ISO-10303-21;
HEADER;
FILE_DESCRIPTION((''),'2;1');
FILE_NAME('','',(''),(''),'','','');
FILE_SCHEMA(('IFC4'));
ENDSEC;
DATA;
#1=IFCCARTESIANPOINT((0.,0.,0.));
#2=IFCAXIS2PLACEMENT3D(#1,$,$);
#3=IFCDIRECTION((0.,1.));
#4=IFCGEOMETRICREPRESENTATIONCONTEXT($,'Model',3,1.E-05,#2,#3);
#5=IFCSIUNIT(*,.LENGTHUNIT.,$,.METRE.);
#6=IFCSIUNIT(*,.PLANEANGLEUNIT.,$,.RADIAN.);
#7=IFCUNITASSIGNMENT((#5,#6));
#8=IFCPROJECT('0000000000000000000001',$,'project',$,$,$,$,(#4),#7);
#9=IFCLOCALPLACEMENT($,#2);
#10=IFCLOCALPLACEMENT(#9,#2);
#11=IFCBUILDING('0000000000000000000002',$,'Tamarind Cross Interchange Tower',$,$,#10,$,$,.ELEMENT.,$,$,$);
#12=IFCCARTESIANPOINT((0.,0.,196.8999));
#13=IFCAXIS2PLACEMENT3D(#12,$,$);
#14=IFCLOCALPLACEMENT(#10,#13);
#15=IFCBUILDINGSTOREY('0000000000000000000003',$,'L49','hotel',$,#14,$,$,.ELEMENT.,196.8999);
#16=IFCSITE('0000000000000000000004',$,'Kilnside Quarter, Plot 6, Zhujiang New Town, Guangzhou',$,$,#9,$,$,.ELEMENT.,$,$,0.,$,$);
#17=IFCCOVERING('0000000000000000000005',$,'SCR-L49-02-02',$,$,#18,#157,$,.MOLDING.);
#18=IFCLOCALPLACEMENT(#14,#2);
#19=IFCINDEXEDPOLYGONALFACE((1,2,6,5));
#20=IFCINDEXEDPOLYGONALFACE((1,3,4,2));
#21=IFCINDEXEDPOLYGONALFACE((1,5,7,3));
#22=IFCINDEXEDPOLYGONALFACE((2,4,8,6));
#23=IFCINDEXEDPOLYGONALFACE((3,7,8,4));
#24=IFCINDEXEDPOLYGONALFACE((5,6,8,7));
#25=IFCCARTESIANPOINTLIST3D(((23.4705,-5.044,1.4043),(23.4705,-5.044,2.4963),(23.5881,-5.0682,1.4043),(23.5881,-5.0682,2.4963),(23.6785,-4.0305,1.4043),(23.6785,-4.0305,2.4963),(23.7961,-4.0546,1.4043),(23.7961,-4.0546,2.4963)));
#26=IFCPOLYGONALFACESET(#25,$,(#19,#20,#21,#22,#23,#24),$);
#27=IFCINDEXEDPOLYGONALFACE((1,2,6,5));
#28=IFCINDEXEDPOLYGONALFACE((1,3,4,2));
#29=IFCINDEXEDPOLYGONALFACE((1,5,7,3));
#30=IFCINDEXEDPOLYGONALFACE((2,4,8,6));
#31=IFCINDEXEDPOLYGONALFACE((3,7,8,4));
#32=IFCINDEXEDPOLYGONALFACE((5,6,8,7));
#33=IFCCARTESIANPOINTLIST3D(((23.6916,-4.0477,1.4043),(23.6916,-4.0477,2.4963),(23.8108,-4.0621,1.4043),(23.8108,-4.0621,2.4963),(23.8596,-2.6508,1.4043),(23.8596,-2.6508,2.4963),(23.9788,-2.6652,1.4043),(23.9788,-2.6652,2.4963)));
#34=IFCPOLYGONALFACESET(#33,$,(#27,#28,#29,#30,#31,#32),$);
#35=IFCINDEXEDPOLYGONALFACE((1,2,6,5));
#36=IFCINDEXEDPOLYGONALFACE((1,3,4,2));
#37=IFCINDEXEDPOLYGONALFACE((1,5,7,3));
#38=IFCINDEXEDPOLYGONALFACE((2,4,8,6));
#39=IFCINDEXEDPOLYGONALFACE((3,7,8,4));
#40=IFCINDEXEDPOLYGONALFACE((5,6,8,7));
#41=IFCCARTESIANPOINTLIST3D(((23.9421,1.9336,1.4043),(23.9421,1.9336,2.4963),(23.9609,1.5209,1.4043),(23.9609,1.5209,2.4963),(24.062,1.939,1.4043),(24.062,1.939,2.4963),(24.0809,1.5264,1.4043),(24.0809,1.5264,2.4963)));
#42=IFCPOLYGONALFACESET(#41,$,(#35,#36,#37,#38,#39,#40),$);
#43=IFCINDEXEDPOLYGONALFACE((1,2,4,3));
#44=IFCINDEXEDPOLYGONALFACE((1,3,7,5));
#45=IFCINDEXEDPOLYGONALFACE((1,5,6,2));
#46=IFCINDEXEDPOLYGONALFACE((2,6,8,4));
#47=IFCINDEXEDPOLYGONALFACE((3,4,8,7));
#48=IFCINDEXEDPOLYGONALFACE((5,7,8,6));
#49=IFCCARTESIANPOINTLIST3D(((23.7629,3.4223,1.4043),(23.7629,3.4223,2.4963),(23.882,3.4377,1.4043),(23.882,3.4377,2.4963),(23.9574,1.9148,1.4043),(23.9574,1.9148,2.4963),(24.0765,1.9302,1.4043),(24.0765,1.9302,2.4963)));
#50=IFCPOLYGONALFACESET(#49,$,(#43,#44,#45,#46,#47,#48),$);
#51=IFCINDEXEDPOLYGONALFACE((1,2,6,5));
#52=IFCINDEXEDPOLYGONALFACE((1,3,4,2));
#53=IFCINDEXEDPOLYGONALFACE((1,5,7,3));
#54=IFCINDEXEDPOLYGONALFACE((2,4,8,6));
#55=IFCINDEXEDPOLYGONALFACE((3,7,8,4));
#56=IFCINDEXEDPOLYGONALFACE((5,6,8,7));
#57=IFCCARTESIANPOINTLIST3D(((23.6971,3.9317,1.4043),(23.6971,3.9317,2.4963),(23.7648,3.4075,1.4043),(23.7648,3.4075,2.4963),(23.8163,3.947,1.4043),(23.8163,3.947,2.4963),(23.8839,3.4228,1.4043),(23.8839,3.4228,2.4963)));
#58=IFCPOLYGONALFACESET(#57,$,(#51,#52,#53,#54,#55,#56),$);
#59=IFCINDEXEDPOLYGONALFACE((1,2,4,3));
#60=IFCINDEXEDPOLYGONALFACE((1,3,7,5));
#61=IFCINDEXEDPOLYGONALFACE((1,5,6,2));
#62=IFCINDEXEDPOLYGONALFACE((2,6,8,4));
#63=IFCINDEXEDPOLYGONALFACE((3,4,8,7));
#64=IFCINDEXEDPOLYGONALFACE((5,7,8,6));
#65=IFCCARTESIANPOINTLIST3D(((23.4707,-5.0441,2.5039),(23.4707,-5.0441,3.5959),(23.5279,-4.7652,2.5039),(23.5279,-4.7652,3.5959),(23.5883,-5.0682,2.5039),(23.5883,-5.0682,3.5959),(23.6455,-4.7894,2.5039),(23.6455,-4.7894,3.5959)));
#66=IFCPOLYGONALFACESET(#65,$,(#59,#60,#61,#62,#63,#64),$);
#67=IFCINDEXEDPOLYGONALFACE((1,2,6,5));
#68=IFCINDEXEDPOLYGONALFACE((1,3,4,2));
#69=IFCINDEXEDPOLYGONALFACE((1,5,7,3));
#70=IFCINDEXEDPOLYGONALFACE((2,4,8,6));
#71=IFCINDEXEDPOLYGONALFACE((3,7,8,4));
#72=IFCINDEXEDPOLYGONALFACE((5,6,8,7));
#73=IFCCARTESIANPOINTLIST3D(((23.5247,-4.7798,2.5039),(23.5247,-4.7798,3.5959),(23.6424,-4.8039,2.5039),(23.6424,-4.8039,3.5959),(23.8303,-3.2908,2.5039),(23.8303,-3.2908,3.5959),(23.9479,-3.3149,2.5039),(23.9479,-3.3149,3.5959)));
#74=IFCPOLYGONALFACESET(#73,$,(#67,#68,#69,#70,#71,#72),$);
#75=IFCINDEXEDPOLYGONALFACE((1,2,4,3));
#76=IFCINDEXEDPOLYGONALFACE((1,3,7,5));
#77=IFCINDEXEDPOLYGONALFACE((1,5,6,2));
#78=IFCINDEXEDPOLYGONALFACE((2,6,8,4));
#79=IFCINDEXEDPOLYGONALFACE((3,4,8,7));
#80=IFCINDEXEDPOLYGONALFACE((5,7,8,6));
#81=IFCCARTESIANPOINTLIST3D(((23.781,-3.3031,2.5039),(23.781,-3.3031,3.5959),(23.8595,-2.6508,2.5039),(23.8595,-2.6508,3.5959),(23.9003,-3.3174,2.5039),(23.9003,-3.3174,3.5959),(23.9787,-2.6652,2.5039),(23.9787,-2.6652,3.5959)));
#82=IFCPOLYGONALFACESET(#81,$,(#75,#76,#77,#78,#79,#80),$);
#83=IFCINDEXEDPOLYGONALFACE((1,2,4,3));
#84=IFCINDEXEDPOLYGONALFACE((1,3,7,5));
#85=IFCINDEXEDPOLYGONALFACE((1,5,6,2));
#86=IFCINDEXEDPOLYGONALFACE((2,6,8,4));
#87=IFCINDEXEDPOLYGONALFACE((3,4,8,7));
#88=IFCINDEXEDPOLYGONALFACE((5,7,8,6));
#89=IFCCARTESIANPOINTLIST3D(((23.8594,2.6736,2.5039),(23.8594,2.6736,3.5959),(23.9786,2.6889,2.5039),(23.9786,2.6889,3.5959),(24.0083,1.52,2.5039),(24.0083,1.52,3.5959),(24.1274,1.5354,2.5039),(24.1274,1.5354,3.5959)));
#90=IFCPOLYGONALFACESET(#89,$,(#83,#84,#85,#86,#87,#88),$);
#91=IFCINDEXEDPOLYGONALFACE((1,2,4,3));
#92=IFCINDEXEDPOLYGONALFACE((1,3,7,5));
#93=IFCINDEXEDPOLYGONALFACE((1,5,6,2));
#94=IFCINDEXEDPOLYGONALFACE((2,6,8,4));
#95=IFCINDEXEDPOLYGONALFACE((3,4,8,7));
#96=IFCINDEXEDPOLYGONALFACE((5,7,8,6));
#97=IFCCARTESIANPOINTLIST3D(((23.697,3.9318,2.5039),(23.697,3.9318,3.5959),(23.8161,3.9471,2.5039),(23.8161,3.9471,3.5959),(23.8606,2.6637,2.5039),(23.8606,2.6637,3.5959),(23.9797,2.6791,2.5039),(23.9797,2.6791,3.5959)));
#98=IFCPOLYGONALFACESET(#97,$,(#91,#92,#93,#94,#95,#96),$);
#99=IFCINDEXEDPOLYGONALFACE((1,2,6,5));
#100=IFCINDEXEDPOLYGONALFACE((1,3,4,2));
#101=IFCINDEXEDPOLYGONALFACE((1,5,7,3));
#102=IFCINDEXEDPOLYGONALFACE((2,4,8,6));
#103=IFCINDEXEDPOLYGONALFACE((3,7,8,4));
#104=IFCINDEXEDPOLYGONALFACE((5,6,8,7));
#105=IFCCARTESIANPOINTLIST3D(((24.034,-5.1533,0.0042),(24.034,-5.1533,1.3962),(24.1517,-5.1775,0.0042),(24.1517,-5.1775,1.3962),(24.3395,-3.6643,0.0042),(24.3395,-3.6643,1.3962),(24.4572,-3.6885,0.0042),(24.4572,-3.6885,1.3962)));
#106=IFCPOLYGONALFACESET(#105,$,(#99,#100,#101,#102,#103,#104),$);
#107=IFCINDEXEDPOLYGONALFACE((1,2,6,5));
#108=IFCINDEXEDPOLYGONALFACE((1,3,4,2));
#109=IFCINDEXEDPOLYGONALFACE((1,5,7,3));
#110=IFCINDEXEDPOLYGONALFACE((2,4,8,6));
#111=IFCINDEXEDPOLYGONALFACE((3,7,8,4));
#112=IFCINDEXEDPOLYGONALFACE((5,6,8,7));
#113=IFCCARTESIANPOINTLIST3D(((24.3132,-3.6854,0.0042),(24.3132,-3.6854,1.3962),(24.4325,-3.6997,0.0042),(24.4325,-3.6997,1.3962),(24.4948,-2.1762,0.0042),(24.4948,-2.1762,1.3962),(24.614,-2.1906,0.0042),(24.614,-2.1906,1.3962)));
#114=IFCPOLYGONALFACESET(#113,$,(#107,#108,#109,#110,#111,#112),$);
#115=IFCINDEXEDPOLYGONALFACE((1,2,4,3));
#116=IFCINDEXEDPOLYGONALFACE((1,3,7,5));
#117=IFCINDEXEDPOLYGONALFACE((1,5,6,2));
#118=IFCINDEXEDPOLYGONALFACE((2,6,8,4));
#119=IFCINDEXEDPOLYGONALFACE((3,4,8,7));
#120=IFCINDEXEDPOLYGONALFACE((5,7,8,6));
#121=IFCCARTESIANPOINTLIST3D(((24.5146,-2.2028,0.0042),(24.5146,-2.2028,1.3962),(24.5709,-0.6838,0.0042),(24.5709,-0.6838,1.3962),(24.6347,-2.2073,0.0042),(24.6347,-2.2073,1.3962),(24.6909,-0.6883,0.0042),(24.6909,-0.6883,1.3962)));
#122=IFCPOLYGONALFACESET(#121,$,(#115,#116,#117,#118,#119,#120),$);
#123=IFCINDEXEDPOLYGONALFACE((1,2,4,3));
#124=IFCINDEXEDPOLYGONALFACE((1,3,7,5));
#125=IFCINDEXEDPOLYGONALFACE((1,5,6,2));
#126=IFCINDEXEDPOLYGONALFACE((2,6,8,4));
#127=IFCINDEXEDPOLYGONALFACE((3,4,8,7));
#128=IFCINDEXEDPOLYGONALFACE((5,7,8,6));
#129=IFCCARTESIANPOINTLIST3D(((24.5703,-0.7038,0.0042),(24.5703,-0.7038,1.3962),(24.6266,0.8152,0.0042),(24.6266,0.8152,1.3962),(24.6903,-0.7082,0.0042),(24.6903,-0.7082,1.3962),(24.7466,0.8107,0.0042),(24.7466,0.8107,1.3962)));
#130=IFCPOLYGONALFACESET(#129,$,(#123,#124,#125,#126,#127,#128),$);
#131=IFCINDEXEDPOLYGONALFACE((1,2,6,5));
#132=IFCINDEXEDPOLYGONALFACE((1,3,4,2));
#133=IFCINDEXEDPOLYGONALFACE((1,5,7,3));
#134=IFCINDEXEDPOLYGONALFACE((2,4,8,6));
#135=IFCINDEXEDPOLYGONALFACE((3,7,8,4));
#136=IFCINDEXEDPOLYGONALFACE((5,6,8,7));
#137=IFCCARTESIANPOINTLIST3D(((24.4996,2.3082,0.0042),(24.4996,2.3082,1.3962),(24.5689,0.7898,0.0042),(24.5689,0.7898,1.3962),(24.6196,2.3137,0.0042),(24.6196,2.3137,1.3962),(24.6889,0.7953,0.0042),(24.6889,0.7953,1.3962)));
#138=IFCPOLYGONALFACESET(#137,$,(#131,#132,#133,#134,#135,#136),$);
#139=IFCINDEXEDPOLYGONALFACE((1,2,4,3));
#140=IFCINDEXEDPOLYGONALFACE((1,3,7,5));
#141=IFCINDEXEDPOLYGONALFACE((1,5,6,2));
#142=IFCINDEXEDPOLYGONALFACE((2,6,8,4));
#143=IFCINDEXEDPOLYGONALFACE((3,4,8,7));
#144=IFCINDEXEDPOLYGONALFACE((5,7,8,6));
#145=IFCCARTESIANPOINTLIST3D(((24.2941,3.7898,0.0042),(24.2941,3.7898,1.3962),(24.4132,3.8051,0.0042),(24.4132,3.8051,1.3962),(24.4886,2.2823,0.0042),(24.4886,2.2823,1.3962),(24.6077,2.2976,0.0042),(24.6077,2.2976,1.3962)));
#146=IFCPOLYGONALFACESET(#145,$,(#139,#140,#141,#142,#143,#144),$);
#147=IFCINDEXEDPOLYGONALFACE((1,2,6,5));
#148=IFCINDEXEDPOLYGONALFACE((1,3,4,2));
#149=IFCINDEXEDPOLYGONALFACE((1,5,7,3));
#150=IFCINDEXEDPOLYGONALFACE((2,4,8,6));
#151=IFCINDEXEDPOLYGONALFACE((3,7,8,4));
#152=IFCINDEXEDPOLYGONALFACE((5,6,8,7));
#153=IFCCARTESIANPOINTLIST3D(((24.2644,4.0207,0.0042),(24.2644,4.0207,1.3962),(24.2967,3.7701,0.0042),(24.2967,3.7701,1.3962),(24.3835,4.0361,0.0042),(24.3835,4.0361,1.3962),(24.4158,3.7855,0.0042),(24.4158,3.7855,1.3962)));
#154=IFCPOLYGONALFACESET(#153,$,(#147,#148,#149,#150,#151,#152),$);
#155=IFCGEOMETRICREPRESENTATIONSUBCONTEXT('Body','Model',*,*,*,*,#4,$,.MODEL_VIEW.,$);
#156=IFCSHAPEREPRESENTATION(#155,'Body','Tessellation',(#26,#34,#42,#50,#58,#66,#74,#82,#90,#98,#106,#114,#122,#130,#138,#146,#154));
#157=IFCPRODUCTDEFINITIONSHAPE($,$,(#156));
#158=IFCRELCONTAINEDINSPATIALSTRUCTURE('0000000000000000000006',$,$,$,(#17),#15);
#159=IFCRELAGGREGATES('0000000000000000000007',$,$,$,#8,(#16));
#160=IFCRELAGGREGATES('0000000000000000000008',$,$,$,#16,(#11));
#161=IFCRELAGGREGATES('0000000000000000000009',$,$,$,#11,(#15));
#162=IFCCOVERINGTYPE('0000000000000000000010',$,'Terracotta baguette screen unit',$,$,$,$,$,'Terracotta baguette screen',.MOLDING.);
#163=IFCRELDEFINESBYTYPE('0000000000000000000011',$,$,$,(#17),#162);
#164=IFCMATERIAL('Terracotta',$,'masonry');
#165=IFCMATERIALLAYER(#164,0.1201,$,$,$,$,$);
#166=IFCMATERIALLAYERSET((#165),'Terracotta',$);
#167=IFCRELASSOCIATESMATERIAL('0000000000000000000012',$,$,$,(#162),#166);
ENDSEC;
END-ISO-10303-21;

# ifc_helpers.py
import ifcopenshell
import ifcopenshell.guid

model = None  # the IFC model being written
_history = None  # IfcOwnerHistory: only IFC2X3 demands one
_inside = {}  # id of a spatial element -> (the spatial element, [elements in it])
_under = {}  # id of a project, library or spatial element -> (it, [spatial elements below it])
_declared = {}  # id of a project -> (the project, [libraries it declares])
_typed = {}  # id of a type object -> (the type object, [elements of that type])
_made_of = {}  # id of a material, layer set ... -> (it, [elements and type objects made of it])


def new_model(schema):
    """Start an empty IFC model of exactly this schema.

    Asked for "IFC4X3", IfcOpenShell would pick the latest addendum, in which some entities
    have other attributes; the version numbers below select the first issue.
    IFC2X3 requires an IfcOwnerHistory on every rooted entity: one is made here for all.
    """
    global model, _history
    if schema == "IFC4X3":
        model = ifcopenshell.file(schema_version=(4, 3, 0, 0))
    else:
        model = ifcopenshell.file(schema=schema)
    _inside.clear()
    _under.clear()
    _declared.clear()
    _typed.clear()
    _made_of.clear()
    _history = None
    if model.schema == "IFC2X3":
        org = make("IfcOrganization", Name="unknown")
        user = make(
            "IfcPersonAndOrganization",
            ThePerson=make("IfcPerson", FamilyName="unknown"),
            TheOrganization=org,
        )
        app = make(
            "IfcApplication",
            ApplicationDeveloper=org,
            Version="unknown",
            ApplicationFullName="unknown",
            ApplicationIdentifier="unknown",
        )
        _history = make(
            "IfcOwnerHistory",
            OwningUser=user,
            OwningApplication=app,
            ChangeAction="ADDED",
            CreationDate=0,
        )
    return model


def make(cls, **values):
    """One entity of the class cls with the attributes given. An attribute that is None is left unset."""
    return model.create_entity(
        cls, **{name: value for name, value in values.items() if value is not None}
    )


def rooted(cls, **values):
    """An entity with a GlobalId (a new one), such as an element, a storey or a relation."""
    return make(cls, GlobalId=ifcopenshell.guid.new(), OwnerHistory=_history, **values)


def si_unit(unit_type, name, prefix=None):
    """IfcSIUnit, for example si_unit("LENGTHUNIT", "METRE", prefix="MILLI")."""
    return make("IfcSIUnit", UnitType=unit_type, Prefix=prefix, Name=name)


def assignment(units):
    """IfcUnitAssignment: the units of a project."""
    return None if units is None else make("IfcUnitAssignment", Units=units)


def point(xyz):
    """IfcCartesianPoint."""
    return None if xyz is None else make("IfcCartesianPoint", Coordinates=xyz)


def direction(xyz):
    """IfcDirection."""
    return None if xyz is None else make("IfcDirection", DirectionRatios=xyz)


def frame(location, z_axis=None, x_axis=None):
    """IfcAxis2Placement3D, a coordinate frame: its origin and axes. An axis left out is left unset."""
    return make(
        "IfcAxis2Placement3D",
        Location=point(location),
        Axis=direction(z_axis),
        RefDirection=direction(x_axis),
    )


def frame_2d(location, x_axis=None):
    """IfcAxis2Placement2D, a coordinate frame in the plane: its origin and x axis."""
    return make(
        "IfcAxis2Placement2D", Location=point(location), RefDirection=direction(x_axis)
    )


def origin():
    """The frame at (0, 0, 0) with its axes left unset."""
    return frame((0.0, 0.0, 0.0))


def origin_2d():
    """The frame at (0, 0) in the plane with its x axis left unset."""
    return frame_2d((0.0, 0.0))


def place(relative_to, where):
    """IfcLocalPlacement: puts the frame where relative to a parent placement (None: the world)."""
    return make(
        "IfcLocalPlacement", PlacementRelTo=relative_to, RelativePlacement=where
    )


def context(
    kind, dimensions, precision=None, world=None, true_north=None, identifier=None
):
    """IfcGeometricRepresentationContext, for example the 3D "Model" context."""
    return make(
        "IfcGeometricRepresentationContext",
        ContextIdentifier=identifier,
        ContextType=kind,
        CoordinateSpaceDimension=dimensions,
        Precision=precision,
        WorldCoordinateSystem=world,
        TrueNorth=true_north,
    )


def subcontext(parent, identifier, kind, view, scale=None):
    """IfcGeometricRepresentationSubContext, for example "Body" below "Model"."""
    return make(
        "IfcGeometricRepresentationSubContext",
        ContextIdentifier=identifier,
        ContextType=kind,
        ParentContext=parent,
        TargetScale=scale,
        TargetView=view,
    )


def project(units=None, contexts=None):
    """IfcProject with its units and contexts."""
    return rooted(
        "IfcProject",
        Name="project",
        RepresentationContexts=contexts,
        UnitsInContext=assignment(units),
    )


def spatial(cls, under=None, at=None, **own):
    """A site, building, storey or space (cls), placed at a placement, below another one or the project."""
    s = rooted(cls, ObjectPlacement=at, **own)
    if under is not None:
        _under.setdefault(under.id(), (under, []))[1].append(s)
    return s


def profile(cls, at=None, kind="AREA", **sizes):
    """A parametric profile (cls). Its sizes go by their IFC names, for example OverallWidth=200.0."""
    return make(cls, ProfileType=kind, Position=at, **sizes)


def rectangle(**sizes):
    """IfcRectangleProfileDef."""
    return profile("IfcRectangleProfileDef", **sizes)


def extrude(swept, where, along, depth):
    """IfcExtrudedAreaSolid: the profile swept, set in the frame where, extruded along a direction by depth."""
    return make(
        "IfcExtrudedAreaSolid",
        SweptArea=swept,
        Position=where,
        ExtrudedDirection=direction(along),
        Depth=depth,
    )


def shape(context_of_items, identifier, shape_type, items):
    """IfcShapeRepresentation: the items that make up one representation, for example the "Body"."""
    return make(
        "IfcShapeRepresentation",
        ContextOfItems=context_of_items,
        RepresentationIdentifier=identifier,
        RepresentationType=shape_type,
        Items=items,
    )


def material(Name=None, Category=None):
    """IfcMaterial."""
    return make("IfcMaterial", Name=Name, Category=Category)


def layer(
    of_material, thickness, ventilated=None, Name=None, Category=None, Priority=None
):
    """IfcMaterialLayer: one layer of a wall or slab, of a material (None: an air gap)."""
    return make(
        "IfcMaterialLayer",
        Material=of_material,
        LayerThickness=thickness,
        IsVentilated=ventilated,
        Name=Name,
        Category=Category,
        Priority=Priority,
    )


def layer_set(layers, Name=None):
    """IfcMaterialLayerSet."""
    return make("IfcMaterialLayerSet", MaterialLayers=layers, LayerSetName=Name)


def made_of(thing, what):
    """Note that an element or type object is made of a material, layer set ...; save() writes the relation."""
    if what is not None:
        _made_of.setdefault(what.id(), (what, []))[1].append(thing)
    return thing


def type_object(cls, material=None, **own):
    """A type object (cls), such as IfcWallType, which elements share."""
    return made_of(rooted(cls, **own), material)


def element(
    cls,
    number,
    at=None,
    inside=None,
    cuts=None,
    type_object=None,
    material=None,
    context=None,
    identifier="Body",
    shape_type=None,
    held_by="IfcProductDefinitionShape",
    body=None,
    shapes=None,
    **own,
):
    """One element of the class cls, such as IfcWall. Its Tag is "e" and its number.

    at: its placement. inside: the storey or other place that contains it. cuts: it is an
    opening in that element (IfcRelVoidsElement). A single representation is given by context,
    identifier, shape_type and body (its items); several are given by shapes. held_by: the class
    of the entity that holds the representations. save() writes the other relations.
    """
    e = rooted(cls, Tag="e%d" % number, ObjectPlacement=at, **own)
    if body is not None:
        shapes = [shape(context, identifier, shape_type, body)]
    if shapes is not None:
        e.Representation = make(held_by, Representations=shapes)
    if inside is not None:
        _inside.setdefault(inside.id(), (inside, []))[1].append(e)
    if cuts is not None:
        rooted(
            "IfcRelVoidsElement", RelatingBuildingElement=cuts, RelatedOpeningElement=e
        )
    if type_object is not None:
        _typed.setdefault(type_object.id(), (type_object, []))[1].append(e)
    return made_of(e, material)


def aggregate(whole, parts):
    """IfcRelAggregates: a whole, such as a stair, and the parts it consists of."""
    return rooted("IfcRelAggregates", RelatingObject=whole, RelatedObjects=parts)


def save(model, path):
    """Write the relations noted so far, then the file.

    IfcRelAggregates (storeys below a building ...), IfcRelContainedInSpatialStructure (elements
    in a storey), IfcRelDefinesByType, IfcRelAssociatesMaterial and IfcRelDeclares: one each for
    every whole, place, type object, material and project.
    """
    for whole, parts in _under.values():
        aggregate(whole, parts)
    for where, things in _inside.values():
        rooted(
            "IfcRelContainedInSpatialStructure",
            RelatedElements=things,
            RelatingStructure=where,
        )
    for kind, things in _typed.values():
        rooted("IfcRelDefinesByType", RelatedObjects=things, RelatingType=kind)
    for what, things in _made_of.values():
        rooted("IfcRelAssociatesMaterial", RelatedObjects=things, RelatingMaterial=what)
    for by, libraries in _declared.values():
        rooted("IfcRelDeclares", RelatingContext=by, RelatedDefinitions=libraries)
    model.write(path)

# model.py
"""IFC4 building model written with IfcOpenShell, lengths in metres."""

from ifc_helpers import new_model, si_unit, direction, frame, origin, origin_2d, place, context, subcontext, project, spatial, rectangle, extrude, material, layer, layer_set, type_object, element, save


model = new_model("IFC4")

# Units and contexts
model_context = context("Model", 3, precision=1e-05, world=origin(), true_north=direction((0.0, 1.0)))
body_context = subcontext(model_context, "Body", "Model", "MODEL_VIEW")
ifc_project = project(units=[si_unit("LENGTHUNIT", "METRE"), si_unit("PLANEANGLEUNIT", "RADIAN")], contexts=[model_context])

# Site, building, storey
site_placement = place(None, origin())
site = spatial("IfcSite", under=ifc_project, at=site_placement, Name="Kilnside Quarter, Plot 6, Zhujiang New Town, Guangzhou", CompositionType="ELEMENT", RefElevation=0.0)
building_placement = place(site_placement, origin())
building = spatial("IfcBuilding", under=site, at=building_placement, Name="Tamarind Cross Interchange Tower", CompositionType="ELEMENT")
storey_placement = place(building_placement, frame((0.0, 0.0, 196.8999)))
storey = spatial("IfcBuildingStorey", under=building, at=storey_placement, Name="L49", Description="hotel", CompositionType="ELEMENT", Elevation=196.8999)

# Covering
ifc_material_1 = material(Name="Terracotta", Category="masonry")
ifc_layer_1 = layer(ifc_material_1, 0.1201)
ifc_layer_set_1 = layer_set([ifc_layer_1], Name="Terracotta")
covering_type = type_object("IfcCoveringType", Name="Terracotta baguette screen unit", ElementType="Terracotta baguette screen", PredefinedType="MOLDING", material=ifc_layer_set_1)
covering_1_placement = place(storey_placement, origin())
element("IfcCovering", 1, at=covering_1_placement, inside=storey, type_object=covering_type, Name="SCR-L49-02-02", PredefinedType="MOLDING", context=body_context, shape_type="SweptSolid", body=[
    extrude(rectangle(XDim=1.0347, YDim=0.1201, at=origin_2d()), frame((23.6333, -4.5493, 1.4043), z_axis=(0.0, 0.0, 1.0), x_axis=(0.201001, 0.979591, 0.0)), (0.0, 0.0, 1.0), 1.092),
    extrude(rectangle(XDim=1.407, YDim=0.1201, at=origin_2d()), frame((23.8352, -3.3564, 1.4043), z_axis=(0.0, 0.0, 1.0), x_axis=(0.119421, 0.992844, 0.0)), (0.0, 0.0, 1.0), 1.092),
    extrude(rectangle(XDim=0.4131, YDim=0.1201, at=origin_2d()), frame((24.0115, 1.73, 1.4043), z_axis=(0.0, 0.0, 1.0), x_axis=(-0.045624, 0.998959, 0.0)), (0.0, 0.0, 1.0), 1.092),
    extrude(rectangle(XDim=1.52, YDim=0.1201, at=origin_2d()), frame((23.9197, 2.6763, 1.4043), z_axis=(0.0, 0.0, 1.0), x_axis=(-0.127962, 0.991779, 0.0)), (0.0, 0.0, 1.0), 1.092),
    extrude(rectangle(XDim=0.5286, YDim=0.1201, at=origin_2d()), frame((23.7905, 3.6772, 1.4043), z_axis=(0.0, 0.0, 1.0), x_axis=(-0.127962, 0.991779, 0.0)), (0.0, 0.0, 1.0), 1.092),
    extrude(rectangle(XDim=0.2847, YDim=0.1201, at=origin_2d()), frame((23.5581, -4.9167, 2.5039), z_axis=(0.0, 0.0, 1.0), x_axis=(0.201001, 0.979591, 0.0)), (0.0, 0.0, 1.0), 1.092),
    extrude(rectangle(XDim=1.52, YDim=0.1201, at=origin_2d()), frame((23.7363, -4.0474, 2.5039), z_axis=(0.0, 0.0, 1.0), x_axis=(0.201001, 0.979591, 0.0)), (0.0, 0.0, 1.0), 1.092),
    extrude(rectangle(XDim=0.657, YDim=0.1201, at=origin_2d()), frame((23.8799, -2.9841, 2.5039), z_axis=(0.0, 0.0, 1.0), x_axis=(0.119421, 0.992844, 0.0)), (0.0, 0.0, 1.0), 1.092),
    extrude(rectangle(XDim=1.1631, YDim=0.1201, at=origin_2d()), frame((23.9934, 2.1045, 2.5039), z_axis=(0.0, 0.0, 1.0), x_axis=(-0.127962, 0.991779, 0.0)), (0.0, 0.0, 1.0), 1.092),
    extrude(rectangle(XDim=1.2786, YDim=0.1201, at=origin_2d()), frame((23.8384, 3.3054, 2.5039), z_axis=(0.0, 0.0, 1.0), x_axis=(-0.127962, 0.991779, 0.0)), (0.0, 0.0, 1.0), 1.092),
    extrude(rectangle(XDim=1.52, YDim=0.1201, at=origin_2d()), frame((24.2456, -4.4209, 0.0042), z_axis=(0.0, 0.0, 1.0), x_axis=(0.201001, 0.979591, 0.0)), (0.0, 0.0, 1.0), 1.3921),
    extrude(rectangle(XDim=1.52, YDim=0.1201, at=origin_2d()), frame((24.4636, -2.938, 0.0042), z_axis=(0.0, 0.0, 1.0), x_axis=(0.119421, 0.992844, 0.0)), (0.0, 0.0, 1.0), 1.3921),
    extrude(rectangle(XDim=1.52, YDim=0.1201, at=origin_2d()), frame((24.6028, -1.4456, 0.0042), z_axis=(0.0, 0.0, 1.0), x_axis=(0.037025, 0.999314, 0.0)), (0.0, 0.0, 1.0), 1.3921),
    extrude(rectangle(XDim=1.52, YDim=0.1201, at=origin_2d()), frame((24.6584, 0.0535, 0.0042), z_axis=(0.0, 0.0, 1.0), x_axis=(0.037025, 0.999314, 0.0)), (0.0, 0.0, 1.0), 1.3921),
    extrude(rectangle(XDim=1.52, YDim=0.1201, at=origin_2d()), frame((24.5942, 1.5518, 0.0042), z_axis=(0.0, 0.0, 1.0), x_axis=(-0.045624, 0.998959, 0.0)), (0.0, 0.0, 1.0), 1.3921),
    extrude(rectangle(XDim=1.52, YDim=0.1201, at=origin_2d()), frame((24.4509, 3.0437, 0.0042), z_axis=(0.0, 0.0, 1.0), x_axis=(-0.127962, 0.991779, 0.0)), (0.0, 0.0, 1.0), 1.3921),
    extrude(rectangle(XDim=0.2527, YDim=0.1201, at=origin_2d()), frame((24.3401, 3.9031, 0.0042), z_axis=(0.0, 0.0, 1.0), x_axis=(-0.127962, 0.991779, 0.0)), (0.0, 0.0, 1.0), 1.3921),
])

save(model, "model.ifc")
